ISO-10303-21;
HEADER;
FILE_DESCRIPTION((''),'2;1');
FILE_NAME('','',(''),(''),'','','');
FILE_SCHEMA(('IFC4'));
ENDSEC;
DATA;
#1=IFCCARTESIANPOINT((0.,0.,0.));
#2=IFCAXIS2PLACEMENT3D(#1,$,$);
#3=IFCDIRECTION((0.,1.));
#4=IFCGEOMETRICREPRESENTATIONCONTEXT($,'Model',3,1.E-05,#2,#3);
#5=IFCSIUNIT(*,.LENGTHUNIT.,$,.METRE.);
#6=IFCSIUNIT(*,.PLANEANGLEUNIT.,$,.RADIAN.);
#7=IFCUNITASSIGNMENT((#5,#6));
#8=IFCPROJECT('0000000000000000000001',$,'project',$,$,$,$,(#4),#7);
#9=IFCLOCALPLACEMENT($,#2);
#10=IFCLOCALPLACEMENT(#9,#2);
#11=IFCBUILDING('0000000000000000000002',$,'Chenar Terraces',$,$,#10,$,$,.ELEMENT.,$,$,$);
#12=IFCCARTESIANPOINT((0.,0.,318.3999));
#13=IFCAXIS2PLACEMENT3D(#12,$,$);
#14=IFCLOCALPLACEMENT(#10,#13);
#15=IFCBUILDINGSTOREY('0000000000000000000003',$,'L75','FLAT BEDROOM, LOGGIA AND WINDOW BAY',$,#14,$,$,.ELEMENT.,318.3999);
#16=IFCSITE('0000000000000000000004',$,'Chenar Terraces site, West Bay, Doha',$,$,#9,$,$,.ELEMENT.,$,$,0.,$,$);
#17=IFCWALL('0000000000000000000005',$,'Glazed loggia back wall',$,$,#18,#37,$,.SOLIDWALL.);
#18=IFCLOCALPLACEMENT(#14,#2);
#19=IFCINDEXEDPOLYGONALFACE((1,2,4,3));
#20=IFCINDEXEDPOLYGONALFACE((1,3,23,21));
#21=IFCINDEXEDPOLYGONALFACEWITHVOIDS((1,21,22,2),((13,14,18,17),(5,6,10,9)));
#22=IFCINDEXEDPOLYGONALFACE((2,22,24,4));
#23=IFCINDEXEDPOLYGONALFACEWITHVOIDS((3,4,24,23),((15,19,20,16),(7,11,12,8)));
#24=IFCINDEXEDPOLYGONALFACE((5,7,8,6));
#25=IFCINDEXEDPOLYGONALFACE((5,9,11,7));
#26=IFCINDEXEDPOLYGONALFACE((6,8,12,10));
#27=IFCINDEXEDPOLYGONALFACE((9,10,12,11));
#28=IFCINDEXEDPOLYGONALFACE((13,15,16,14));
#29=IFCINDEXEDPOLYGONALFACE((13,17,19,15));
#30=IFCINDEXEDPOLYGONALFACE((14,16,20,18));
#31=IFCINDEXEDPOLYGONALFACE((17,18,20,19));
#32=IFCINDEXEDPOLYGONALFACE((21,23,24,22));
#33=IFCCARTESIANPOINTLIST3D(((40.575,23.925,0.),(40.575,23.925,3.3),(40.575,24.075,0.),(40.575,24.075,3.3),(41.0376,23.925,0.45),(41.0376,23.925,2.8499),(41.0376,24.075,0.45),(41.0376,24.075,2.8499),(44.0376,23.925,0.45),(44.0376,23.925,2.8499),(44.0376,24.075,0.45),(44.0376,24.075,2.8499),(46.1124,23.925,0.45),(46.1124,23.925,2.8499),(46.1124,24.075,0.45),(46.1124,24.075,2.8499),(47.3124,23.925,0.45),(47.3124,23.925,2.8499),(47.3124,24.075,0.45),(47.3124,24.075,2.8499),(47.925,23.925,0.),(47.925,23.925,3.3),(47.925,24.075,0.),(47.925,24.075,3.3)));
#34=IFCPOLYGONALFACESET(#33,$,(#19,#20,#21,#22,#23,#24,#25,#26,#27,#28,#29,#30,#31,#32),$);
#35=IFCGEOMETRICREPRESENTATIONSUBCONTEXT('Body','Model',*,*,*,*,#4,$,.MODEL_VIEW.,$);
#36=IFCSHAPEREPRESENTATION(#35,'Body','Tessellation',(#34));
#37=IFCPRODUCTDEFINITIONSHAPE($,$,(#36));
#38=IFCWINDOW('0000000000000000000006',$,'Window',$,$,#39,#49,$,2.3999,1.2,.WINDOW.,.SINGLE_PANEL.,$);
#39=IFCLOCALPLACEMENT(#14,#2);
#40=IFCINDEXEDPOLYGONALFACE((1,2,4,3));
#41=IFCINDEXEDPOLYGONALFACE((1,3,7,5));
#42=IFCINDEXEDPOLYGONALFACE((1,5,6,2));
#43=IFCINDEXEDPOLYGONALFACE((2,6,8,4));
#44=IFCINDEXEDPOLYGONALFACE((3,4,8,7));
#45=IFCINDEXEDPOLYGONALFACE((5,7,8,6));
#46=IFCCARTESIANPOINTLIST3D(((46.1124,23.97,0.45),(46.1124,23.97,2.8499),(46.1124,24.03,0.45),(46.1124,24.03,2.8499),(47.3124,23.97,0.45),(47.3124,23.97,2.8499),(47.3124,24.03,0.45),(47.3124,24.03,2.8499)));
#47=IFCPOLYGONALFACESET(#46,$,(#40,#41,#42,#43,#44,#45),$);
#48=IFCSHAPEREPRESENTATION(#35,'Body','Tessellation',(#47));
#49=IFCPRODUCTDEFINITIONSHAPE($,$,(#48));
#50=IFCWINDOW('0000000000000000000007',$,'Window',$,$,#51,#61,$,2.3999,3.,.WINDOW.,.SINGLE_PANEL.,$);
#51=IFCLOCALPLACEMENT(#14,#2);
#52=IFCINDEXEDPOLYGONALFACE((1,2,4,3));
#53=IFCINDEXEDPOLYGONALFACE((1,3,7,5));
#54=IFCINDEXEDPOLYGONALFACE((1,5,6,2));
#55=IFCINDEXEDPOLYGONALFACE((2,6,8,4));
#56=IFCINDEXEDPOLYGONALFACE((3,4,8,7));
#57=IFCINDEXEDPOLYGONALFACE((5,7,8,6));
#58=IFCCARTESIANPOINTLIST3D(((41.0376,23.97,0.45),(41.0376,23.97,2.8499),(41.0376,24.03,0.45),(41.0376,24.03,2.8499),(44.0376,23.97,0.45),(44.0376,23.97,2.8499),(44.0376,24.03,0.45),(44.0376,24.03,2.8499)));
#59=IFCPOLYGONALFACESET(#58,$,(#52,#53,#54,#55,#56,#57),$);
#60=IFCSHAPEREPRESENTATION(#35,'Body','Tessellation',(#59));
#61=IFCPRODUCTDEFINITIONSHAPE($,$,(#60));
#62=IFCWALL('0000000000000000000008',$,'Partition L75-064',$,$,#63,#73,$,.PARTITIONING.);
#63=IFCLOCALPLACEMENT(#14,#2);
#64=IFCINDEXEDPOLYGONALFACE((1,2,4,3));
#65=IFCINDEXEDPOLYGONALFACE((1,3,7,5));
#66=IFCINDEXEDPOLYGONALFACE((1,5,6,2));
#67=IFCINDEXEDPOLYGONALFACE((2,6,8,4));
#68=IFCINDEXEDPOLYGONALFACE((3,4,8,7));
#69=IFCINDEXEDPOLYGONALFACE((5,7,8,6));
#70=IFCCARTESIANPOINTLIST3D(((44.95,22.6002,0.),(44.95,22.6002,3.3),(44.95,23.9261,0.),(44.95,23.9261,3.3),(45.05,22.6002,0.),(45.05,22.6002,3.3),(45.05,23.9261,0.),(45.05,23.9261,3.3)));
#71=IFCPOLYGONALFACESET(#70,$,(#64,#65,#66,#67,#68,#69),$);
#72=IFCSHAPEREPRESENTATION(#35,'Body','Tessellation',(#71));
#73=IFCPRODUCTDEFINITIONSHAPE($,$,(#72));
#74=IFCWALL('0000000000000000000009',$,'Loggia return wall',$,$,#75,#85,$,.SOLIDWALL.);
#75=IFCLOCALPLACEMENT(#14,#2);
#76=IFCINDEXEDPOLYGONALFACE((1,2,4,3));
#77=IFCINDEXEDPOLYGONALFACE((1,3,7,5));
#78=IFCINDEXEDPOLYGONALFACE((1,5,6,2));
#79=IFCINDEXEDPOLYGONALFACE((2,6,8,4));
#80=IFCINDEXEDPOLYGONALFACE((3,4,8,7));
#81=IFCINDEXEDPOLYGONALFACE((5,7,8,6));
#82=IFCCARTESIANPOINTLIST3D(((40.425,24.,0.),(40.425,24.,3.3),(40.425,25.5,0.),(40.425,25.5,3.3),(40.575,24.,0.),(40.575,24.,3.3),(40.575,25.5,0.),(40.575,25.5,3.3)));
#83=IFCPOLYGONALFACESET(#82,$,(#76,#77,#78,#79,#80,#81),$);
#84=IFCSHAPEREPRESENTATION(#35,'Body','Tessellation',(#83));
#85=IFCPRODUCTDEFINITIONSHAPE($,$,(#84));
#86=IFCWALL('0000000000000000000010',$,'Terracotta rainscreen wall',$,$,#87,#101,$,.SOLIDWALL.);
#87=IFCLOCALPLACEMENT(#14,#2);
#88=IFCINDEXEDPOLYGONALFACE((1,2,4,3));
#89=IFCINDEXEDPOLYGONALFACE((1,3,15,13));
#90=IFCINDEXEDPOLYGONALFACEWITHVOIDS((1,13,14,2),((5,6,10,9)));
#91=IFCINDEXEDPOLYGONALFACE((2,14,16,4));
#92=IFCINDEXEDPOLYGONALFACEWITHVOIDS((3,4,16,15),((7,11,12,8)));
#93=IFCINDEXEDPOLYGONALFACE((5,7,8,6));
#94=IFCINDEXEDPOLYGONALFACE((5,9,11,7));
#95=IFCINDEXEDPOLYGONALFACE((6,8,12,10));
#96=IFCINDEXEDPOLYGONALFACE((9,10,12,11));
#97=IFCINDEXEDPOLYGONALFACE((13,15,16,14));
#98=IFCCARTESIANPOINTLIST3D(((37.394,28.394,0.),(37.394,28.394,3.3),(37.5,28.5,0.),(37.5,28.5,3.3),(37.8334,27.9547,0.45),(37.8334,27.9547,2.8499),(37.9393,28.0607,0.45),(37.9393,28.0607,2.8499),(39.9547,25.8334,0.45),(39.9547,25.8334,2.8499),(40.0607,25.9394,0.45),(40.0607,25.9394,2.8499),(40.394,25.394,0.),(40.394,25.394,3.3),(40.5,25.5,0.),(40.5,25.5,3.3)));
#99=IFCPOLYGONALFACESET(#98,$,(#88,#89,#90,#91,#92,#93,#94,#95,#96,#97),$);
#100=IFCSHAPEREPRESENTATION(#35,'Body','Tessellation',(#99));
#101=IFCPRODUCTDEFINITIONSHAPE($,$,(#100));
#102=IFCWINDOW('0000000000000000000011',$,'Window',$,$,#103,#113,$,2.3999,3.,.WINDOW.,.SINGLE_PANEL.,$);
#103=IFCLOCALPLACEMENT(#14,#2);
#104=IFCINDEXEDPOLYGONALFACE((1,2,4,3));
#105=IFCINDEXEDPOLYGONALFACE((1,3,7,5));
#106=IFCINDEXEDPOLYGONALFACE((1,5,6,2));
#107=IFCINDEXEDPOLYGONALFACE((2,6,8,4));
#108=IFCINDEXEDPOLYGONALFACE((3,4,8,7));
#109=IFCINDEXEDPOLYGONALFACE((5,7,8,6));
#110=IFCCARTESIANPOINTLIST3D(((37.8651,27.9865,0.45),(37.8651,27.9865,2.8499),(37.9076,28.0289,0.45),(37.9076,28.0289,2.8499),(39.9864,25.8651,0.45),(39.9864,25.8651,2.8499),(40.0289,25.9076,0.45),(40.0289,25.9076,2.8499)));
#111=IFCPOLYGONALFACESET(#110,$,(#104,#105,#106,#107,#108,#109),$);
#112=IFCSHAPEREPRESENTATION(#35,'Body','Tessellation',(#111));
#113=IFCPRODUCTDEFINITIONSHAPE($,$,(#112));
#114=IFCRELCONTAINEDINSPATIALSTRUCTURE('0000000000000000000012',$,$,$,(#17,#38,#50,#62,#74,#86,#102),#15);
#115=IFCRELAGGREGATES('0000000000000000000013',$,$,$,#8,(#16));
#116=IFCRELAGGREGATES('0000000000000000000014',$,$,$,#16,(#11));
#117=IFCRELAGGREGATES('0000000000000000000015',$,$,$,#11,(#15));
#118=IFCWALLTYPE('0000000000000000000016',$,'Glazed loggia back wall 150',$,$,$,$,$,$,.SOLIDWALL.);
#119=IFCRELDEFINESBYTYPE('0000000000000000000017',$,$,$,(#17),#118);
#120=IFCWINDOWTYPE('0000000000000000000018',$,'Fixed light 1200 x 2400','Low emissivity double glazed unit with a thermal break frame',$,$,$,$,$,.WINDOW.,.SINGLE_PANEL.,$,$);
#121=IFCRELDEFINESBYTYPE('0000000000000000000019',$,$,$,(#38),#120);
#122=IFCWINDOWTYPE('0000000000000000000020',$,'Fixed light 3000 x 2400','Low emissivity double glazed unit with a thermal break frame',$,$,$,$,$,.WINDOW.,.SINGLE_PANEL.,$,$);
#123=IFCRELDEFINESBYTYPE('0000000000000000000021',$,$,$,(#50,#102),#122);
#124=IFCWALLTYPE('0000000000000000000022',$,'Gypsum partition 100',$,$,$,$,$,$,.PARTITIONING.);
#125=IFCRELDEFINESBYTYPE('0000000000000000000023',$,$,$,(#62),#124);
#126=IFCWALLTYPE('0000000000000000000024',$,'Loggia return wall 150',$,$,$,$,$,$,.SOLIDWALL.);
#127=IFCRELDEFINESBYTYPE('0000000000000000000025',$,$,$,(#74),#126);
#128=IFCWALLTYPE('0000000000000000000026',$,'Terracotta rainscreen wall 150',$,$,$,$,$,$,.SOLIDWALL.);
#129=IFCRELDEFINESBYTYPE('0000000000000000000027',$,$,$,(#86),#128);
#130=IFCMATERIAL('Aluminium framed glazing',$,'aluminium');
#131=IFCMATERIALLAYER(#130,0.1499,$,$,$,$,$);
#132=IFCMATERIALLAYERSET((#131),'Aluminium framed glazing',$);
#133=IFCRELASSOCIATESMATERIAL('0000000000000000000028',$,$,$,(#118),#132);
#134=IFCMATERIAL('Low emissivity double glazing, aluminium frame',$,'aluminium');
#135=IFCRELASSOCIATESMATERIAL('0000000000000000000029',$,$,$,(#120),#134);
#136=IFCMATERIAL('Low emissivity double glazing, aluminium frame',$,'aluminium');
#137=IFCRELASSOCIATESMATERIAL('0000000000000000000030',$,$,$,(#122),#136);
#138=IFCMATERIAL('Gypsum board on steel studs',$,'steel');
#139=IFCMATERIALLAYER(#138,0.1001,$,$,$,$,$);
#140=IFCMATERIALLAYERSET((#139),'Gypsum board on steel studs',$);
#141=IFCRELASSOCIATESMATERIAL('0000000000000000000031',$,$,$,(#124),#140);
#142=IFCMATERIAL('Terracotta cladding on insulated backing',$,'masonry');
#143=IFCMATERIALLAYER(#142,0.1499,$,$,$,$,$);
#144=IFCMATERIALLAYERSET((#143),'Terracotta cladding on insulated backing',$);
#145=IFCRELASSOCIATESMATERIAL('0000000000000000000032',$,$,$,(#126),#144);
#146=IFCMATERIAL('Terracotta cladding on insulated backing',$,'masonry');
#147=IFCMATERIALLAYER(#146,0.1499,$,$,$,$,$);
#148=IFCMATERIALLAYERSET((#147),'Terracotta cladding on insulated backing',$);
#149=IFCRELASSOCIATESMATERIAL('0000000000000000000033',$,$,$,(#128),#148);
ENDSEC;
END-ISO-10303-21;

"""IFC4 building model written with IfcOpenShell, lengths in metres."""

from ifc_helpers import new_model, si_unit, direction, frame, frame_2d, origin, place, context, subcontext, project, spatial, rectangle, extrude, material, layer, layer_set, type_object, element, fill, save


model = new_model("IFC4")

# Units and contexts
model_context = context("Model", 3, precision=1e-05, world=origin(), true_north=direction((0.0, 1.0)))
body_context = subcontext(model_context, "Body", "Model", "MODEL_VIEW")
ifc_project = project(units=[si_unit("LENGTHUNIT", "METRE"), si_unit("PLANEANGLEUNIT", "RADIAN")], contexts=[model_context])

# Site, building, storey
site_placement = place(None, origin())
site = spatial("IfcSite", under=ifc_project, at=site_placement, Name="Chenar Terraces site, West Bay, Doha", CompositionType="ELEMENT", RefElevation=0.0)
building_placement = place(site_placement, origin())
building = spatial("IfcBuilding", under=site, at=building_placement, Name="Chenar Terraces", CompositionType="ELEMENT")
storey_placement = place(building_placement, frame((0.0, 0.0, 318.3999)))
storey = spatial("IfcBuildingStorey", under=building, at=storey_placement, Name="L75", Description="FLAT BEDROOM, LOGGIA AND WINDOW BAY", CompositionType="ELEMENT", Elevation=318.3999)

# Wall, openings, windows
ifc_material_1 = material(Name="Aluminium framed glazing", Category="aluminium")
ifc_layer_1 = layer(ifc_material_1, 0.1499)
ifc_layer_set_1 = layer_set([ifc_layer_1], Name="Aluminium framed glazing")
wall_type_1 = type_object("IfcWallType", Name="Glazed loggia back wall 150", PredefinedType="SOLIDWALL", material=ifc_layer_set_1)
wall_1_placement = place(storey_placement, frame((47.925, 24.0, 0.0), z_axis=(0.0, 0.0, 1.0), x_axis=(-1.0, 0.0, 0.0)))
wall_1 = element("IfcWall", 1, at=wall_1_placement, inside=storey, type_object=wall_type_1, Name="Glazed loggia back wall", PredefinedType="SOLIDWALL", context=body_context, shape_type="SweptSolid", body=[
    extrude(rectangle(XDim=7.3501, YDim=0.1499, at=frame_2d((3.675, 0.0))), origin(), (0.0, 0.0, 1.0), 3.3),
])
opening_1_placement = place(wall_1_placement, frame((0.6125, 0.0, 0.45)))
opening_1 = element("IfcOpeningElement", 2, at=opening_1_placement, cuts=wall_1, PredefinedType="OPENING", context=body_context, shape_type="SweptSolid", body=[
    extrude(rectangle(XDim=1.2, YDim=2.3999, at=frame_2d((0.6001, 1.2))), frame((0.0, 0.085, 0.0), z_axis=(0.0, -1.0, 0.0), x_axis=(1.0, 0.0, 0.0)), (0.0, 0.0, 1.0), 0.1699),
])
opening_2_placement = place(wall_1_placement, frame((3.8875, 0.0, 0.45)))
opening_2 = element("IfcOpeningElement", 3, at=opening_2_placement, cuts=wall_1, PredefinedType="OPENING", context=body_context, shape_type="SweptSolid", body=[
    extrude(rectangle(XDim=3.0, YDim=2.3999, at=frame_2d((1.5, 1.2))), frame((0.0, 0.085, 0.0), z_axis=(0.0, -1.0, 0.0), x_axis=(1.0, 0.0, 0.0)), (0.0, 0.0, 1.0), 0.1699),
])
ifc_material_2 = material(Name="Low emissivity double glazing, aluminium frame", Category="aluminium")
window_type_1 = type_object("IfcWindowType", Name="Fixed light 1200 x 2400", Description="Low emissivity double glazed unit with a thermal break frame", PartitioningType="SINGLE_PANEL", PredefinedType="WINDOW", material=ifc_material_2)
window_1_placement = place(opening_1_placement, origin())
window_1 = element("IfcWindow", 4, at=window_1_placement, inside=storey, type_object=window_type_1, Name="Window", OverallHeight=2.3999, OverallWidth=1.2, PartitioningType="SINGLE_PANEL", PredefinedType="WINDOW", context=body_context, shape_type="SweptSolid", body=[
    extrude(rectangle(XDim=1.2, YDim=2.3999, at=frame_2d((0.6001, 1.2))), frame((0.0, 0.03, 0.0), z_axis=(0.0, -1.0, 0.0), x_axis=(1.0, 0.0, 0.0)), (0.0, 0.0, 1.0), 0.0601),
])
fill(opening_1, window_1)
ifc_material_3 = material(Name="Low emissivity double glazing, aluminium frame", Category="aluminium")
window_type_2 = type_object("IfcWindowType", Name="Fixed light 3000 x 2400", Description="Low emissivity double glazed unit with a thermal break frame", PartitioningType="SINGLE_PANEL", PredefinedType="WINDOW", material=ifc_material_3)
window_2_placement = place(opening_2_placement, origin())
window_2 = element("IfcWindow", 5, at=window_2_placement, inside=storey, type_object=window_type_2, Name="Window", OverallHeight=2.3999, OverallWidth=3.0, PartitioningType="SINGLE_PANEL", PredefinedType="WINDOW", context=body_context, shape_type="SweptSolid", body=[
    extrude(rectangle(XDim=3.0, YDim=2.3999, at=frame_2d((1.5, 1.2))), frame((0.0, 0.03, 0.0), z_axis=(0.0, -1.0, 0.0), x_axis=(1.0, 0.0, 0.0)), (0.0, 0.0, 1.0), 0.0601),
])
fill(opening_2, window_2)

# Walls
ifc_material_4 = material(Name="Gypsum board on steel studs", Category="steel")
ifc_layer_2 = layer(ifc_material_4, 0.1001)
ifc_layer_set_2 = layer_set([ifc_layer_2], Name="Gypsum board on steel studs")
wall_type_2 = type_object("IfcWallType", Name="Gypsum partition 100", PredefinedType="PARTITIONING", material=ifc_layer_set_2)
wall_2_placement = place(storey_placement, frame((45.0, 22.6001, 0.0), z_axis=(0.0, 0.0, 1.0), x_axis=(0.0, 1.0, 0.0)))
element("IfcWall", 6, at=wall_2_placement, inside=storey, type_object=wall_type_2, Name="Partition L75-064", PredefinedType="PARTITIONING", context=body_context, shape_type="SweptSolid", body=[
    extrude(rectangle(XDim=1.3259, YDim=0.1001, at=frame_2d((0.6631, 0.0))), origin(), (0.0, 0.0, 1.0), 3.3),
])
ifc_material_5 = material(Name="Terracotta cladding on insulated backing", Category="masonry")
ifc_layer_3 = layer(ifc_material_5, 0.1499)
ifc_layer_set_3 = layer_set([ifc_layer_3], Name="Terracotta cladding on insulated backing")
wall_type_3 = type_object("IfcWallType", Name="Loggia return wall 150", PredefinedType="SOLIDWALL", material=ifc_layer_set_3)
wall_3_placement = place(storey_placement, frame((40.5, 25.5, 0.0), z_axis=(0.0, 0.0, 1.0), x_axis=(0.0, -1.0, 0.0)))
element("IfcWall", 7, at=wall_3_placement, inside=storey, type_object=wall_type_3, Name="Loggia return wall", PredefinedType="SOLIDWALL", context=body_context, shape_type="SweptSolid", body=[
    extrude(rectangle(XDim=1.5, YDim=0.1499, at=frame_2d((0.75, 0.0))), origin(), (0.0, 0.0, 1.0), 3.3),
])

# Wall, opening, window
ifc_material_6 = material(Name="Terracotta cladding on insulated backing", Category="masonry")
ifc_layer_4 = layer(ifc_material_6, 0.1499)
ifc_layer_set_4 = layer_set([ifc_layer_4], Name="Terracotta cladding on insulated backing")
wall_type_4 = type_object("IfcWallType", Name="Terracotta rainscreen wall 150", PredefinedType="SOLIDWALL", material=ifc_layer_set_4)
wall_4_placement = place(storey_placement, frame((40.447, 25.447, 0.0), z_axis=(0.0, 0.0, 1.0), x_axis=(-0.707107, 0.707107, 0.0)))
wall_4 = element("IfcWall", 8, at=wall_4_placement, inside=storey, type_object=wall_type_4, Name="Terracotta rainscreen wall", PredefinedType="SOLIDWALL", context=body_context, shape_type="SweptSolid", body=[
    extrude(rectangle(XDim=4.2427, YDim=0.1499, at=frame_2d((2.1213, 0.0))), origin(), (0.0, 0.0, 1.0), 3.3),
])
opening_3_placement = place(wall_4_placement, frame((0.6213, 0.0, 0.45)))
opening_3 = element("IfcOpeningElement", 9, at=opening_3_placement, cuts=wall_4, PredefinedType="OPENING", context=body_context, shape_type="SweptSolid", body=[
    extrude(rectangle(XDim=3.0, YDim=2.3999, at=frame_2d((1.5, 1.2))), frame((0.0, 0.085, 0.0), z_axis=(0.0, -1.0, 0.0), x_axis=(1.0, 0.0, 0.0)), (0.0, 0.0, 1.0), 0.1699),
])
window_3_placement = place(opening_3_placement, origin())
window_3 = element("IfcWindow", 10, at=window_3_placement, inside=storey, type_object=window_type_2, Name="Window", OverallHeight=2.3999, OverallWidth=3.0, PartitioningType="SINGLE_PANEL", PredefinedType="WINDOW", context=body_context, shape_type="SweptSolid", body=[
    extrude(rectangle(XDim=3.0, YDim=2.3999, at=frame_2d((1.5, 1.2))), frame((0.0, 0.03, 0.0), z_axis=(0.0, -1.0, 0.0), x_axis=(1.0, 0.0, 0.0)), (0.0, 0.0, 1.0), 0.0601),
])
fill(opening_3, window_3)

save(model, "model.ifc")
